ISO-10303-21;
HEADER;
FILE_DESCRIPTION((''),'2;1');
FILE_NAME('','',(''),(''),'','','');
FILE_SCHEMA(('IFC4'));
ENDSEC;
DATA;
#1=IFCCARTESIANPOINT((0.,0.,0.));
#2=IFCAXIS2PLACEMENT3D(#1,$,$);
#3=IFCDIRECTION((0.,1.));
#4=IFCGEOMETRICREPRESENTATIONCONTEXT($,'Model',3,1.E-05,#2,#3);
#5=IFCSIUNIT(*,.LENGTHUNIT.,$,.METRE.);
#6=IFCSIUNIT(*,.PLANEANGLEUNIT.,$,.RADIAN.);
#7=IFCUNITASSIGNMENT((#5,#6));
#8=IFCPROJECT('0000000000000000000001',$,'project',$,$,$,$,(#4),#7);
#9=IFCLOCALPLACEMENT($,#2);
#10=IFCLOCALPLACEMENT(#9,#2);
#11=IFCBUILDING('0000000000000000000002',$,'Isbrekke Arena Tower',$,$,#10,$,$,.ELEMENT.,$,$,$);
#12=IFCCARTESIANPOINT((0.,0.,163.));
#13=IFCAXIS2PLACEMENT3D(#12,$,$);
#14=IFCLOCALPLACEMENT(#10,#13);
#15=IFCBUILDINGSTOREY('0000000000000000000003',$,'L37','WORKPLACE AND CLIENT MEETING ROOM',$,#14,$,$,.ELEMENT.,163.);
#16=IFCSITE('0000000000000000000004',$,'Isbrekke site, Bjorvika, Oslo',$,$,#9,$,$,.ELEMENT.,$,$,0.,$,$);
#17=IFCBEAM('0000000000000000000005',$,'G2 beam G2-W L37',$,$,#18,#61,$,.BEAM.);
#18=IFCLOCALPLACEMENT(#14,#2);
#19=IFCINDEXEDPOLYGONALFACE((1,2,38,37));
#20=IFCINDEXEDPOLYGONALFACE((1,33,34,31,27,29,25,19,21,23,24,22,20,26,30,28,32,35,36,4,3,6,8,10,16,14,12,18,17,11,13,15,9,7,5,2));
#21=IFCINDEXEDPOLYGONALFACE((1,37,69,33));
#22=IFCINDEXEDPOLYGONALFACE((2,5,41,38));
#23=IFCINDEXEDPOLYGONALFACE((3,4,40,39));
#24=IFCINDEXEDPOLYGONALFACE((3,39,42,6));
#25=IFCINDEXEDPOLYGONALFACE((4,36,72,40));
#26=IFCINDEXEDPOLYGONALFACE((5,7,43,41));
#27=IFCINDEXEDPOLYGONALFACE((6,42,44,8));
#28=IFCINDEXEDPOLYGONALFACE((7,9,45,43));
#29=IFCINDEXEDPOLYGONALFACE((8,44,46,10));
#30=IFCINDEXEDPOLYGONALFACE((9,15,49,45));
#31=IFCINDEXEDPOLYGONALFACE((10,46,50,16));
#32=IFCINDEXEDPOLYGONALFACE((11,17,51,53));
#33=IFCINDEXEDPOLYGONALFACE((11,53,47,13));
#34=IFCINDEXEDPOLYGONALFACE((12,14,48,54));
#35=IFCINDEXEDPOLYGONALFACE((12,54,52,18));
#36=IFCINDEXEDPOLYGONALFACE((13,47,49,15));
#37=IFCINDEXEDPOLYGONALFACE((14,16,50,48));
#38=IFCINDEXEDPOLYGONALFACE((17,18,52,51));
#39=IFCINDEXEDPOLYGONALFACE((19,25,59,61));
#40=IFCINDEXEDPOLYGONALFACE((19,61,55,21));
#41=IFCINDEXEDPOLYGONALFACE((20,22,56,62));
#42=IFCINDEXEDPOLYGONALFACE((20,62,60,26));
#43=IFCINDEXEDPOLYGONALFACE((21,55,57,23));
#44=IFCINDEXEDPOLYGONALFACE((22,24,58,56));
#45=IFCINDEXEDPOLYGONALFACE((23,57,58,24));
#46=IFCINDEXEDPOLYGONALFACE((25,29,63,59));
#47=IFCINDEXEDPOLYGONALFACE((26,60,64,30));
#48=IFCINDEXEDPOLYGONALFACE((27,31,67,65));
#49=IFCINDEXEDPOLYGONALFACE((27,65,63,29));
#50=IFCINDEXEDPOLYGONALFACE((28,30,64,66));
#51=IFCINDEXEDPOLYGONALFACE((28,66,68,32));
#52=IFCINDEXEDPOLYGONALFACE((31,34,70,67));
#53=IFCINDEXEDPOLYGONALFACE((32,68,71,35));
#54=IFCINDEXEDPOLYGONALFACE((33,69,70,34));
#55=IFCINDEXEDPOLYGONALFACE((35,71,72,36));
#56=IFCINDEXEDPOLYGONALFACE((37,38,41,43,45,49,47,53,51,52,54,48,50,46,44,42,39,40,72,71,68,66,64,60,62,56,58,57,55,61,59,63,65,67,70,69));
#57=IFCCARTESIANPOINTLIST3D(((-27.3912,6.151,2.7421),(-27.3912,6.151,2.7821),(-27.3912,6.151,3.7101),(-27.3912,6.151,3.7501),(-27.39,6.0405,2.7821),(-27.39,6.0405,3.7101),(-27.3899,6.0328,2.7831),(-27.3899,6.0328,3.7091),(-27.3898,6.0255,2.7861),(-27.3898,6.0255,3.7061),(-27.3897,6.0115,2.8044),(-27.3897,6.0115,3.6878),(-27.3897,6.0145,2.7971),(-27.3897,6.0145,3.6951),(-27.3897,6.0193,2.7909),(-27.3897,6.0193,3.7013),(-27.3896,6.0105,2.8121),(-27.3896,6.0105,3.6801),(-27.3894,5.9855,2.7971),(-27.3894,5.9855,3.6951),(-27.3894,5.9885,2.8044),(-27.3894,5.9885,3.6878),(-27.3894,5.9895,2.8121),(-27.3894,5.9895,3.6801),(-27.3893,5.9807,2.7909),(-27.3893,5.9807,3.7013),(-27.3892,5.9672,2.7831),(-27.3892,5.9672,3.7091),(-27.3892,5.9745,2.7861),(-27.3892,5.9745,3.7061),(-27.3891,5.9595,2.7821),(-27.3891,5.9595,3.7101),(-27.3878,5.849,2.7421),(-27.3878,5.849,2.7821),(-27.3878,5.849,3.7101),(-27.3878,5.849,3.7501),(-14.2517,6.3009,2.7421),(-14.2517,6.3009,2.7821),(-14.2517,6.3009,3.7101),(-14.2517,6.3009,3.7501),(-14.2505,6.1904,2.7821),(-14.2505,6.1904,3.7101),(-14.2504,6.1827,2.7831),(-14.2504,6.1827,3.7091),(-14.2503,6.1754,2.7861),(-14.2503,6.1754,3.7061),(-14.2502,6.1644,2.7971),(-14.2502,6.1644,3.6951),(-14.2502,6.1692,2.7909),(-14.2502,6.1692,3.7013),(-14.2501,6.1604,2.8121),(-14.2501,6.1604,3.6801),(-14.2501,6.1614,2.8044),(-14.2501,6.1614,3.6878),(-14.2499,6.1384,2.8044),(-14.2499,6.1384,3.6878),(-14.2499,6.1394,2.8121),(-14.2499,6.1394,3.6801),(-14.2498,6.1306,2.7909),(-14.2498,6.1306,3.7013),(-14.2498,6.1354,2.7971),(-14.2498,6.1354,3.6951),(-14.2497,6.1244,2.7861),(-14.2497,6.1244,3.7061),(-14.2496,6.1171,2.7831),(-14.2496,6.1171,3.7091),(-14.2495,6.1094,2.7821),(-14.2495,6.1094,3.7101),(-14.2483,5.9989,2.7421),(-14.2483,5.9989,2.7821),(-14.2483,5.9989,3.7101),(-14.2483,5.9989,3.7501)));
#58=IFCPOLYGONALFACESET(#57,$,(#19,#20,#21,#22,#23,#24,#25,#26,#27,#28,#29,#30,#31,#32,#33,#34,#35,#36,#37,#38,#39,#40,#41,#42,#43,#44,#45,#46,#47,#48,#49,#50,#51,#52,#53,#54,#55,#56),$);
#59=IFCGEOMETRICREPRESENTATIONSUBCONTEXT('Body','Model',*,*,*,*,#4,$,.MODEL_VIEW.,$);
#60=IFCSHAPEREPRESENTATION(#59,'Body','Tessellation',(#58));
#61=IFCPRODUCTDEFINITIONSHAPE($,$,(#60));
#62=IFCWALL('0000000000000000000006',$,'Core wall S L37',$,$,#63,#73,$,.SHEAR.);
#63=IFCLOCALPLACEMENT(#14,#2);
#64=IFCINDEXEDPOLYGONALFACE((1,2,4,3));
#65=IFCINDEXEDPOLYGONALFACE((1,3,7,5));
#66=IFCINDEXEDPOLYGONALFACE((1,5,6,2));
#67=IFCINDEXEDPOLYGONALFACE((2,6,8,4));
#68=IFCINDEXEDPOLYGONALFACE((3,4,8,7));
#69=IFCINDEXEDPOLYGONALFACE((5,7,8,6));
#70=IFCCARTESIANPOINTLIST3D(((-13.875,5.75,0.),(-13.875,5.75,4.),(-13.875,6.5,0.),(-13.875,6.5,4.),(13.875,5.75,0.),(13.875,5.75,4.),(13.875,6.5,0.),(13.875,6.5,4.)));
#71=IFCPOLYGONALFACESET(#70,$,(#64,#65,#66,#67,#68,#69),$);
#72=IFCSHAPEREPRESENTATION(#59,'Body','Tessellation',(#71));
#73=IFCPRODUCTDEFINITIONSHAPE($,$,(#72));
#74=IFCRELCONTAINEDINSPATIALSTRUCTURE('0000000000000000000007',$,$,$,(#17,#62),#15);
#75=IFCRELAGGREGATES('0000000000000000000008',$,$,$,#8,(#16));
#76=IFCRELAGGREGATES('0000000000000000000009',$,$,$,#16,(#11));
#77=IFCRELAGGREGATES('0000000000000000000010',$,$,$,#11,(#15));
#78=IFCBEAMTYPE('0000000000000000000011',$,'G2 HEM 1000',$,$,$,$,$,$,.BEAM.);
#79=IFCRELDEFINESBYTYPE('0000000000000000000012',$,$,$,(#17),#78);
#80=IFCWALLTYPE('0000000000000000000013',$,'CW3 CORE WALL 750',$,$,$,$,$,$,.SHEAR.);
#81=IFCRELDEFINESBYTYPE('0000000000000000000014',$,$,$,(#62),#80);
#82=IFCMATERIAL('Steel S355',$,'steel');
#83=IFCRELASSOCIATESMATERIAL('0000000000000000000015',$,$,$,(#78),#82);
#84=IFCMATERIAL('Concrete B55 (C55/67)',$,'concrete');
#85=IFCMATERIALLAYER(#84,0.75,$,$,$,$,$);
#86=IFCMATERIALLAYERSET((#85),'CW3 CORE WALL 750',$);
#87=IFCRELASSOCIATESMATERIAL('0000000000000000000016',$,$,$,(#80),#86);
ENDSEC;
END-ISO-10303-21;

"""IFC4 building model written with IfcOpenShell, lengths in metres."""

from ifc_helpers import new_model, si_unit, direction, frame, frame_2d, origin, origin_2d, place, context, subcontext, project, spatial, rectangle, i_section, extrude, material, layer, layer_set, material_profile, profile_set, type_object, element, save


model = new_model("IFC4")

# Units and contexts
model_context = context("Model", 3, precision=1e-05, world=origin(), true_north=direction((0.0, 1.0)))
body_context = subcontext(model_context, "Body", "Model", "MODEL_VIEW")
ifc_project = project(units=[si_unit("LENGTHUNIT", "METRE"), si_unit("PLANEANGLEUNIT", "RADIAN")], contexts=[model_context])

# Site, building, storey
site_placement = place(None, origin())
site = spatial("IfcSite", under=ifc_project, at=site_placement, Name="Isbrekke site, Bjorvika, Oslo", CompositionType="ELEMENT", RefElevation=0.0)
building_placement = place(site_placement, origin())
building = spatial("IfcBuilding", under=site, at=building_placement, Name="Isbrekke Arena Tower", CompositionType="ELEMENT")
storey_placement = place(building_placement, frame((0.0, 0.0, 163.0)))
storey = spatial("IfcBuildingStorey", under=building, at=storey_placement, Name="L37", Description="WORKPLACE AND CLIENT MEETING ROOM", CompositionType="ELEMENT", Elevation=163.0)

# Beam
ifc_material_1 = material(Name="Steel S355", Category="steel")
ifc_material_profile = material_profile(ifc_material_1, i_section(OverallWidth=0.302, OverallDepth=1.0081, WebThickness=0.021, FlangeThickness=0.04, FilletRadius=0.03, at=origin_2d()), Name="HEM 1000")
ifc_profile_set = profile_set([ifc_material_profile], Name="Steel S355")
beam_type = type_object("IfcBeamType", Name="G2 HEM 1000", PredefinedType="BEAM", material=ifc_profile_set)
beam_placement = place(storey_placement, frame((-14.25, 6.1499, 3.2461), z_axis=(-0.999935, -0.011408, 0.0), x_axis=(0.011408, -0.999935, 0.0)))
element("IfcBeam", 1, at=beam_placement, inside=storey, type_object=beam_type, Name="G2 beam G2-W L37", PredefinedType="BEAM", context=body_context, shape_type="SweptSolid", body=[
    extrude(i_section(OverallWidth=0.302, OverallDepth=1.0081, WebThickness=0.021, FlangeThickness=0.04, FilletRadius=0.03, at=origin_2d()), origin(), (0.0, 0.0, 1.0), 13.1404),
])

# Wall
ifc_material_2 = material(Name="Concrete B55 (C55/67)", Category="concrete")
ifc_layer_1 = layer(ifc_material_2, 0.75)
ifc_layer_set_1 = layer_set([ifc_layer_1], Name="CW3 CORE WALL 750")
wall_type_1 = type_object("IfcWallType", Name="CW3 CORE WALL 750", PredefinedType="SHEAR", material=ifc_layer_set_1)
wall_1_placement = place(storey_placement, frame((-13.875, 6.125, 0.0), z_axis=(0.0, 0.0, 1.0), x_axis=(1.0, 0.0, 0.0)))
element("IfcWall", 2, at=wall_1_placement, inside=storey, type_object=wall_type_1, Name="Core wall S L37", PredefinedType="SHEAR", context=body_context, shape_type="SweptSolid", body=[
    extrude(rectangle(XDim=27.75, YDim=0.75, at=frame_2d((13.875, 0.0))), origin(), (0.0, 0.0, 1.0), 4.0),
])

save(model, "model.ifc")
